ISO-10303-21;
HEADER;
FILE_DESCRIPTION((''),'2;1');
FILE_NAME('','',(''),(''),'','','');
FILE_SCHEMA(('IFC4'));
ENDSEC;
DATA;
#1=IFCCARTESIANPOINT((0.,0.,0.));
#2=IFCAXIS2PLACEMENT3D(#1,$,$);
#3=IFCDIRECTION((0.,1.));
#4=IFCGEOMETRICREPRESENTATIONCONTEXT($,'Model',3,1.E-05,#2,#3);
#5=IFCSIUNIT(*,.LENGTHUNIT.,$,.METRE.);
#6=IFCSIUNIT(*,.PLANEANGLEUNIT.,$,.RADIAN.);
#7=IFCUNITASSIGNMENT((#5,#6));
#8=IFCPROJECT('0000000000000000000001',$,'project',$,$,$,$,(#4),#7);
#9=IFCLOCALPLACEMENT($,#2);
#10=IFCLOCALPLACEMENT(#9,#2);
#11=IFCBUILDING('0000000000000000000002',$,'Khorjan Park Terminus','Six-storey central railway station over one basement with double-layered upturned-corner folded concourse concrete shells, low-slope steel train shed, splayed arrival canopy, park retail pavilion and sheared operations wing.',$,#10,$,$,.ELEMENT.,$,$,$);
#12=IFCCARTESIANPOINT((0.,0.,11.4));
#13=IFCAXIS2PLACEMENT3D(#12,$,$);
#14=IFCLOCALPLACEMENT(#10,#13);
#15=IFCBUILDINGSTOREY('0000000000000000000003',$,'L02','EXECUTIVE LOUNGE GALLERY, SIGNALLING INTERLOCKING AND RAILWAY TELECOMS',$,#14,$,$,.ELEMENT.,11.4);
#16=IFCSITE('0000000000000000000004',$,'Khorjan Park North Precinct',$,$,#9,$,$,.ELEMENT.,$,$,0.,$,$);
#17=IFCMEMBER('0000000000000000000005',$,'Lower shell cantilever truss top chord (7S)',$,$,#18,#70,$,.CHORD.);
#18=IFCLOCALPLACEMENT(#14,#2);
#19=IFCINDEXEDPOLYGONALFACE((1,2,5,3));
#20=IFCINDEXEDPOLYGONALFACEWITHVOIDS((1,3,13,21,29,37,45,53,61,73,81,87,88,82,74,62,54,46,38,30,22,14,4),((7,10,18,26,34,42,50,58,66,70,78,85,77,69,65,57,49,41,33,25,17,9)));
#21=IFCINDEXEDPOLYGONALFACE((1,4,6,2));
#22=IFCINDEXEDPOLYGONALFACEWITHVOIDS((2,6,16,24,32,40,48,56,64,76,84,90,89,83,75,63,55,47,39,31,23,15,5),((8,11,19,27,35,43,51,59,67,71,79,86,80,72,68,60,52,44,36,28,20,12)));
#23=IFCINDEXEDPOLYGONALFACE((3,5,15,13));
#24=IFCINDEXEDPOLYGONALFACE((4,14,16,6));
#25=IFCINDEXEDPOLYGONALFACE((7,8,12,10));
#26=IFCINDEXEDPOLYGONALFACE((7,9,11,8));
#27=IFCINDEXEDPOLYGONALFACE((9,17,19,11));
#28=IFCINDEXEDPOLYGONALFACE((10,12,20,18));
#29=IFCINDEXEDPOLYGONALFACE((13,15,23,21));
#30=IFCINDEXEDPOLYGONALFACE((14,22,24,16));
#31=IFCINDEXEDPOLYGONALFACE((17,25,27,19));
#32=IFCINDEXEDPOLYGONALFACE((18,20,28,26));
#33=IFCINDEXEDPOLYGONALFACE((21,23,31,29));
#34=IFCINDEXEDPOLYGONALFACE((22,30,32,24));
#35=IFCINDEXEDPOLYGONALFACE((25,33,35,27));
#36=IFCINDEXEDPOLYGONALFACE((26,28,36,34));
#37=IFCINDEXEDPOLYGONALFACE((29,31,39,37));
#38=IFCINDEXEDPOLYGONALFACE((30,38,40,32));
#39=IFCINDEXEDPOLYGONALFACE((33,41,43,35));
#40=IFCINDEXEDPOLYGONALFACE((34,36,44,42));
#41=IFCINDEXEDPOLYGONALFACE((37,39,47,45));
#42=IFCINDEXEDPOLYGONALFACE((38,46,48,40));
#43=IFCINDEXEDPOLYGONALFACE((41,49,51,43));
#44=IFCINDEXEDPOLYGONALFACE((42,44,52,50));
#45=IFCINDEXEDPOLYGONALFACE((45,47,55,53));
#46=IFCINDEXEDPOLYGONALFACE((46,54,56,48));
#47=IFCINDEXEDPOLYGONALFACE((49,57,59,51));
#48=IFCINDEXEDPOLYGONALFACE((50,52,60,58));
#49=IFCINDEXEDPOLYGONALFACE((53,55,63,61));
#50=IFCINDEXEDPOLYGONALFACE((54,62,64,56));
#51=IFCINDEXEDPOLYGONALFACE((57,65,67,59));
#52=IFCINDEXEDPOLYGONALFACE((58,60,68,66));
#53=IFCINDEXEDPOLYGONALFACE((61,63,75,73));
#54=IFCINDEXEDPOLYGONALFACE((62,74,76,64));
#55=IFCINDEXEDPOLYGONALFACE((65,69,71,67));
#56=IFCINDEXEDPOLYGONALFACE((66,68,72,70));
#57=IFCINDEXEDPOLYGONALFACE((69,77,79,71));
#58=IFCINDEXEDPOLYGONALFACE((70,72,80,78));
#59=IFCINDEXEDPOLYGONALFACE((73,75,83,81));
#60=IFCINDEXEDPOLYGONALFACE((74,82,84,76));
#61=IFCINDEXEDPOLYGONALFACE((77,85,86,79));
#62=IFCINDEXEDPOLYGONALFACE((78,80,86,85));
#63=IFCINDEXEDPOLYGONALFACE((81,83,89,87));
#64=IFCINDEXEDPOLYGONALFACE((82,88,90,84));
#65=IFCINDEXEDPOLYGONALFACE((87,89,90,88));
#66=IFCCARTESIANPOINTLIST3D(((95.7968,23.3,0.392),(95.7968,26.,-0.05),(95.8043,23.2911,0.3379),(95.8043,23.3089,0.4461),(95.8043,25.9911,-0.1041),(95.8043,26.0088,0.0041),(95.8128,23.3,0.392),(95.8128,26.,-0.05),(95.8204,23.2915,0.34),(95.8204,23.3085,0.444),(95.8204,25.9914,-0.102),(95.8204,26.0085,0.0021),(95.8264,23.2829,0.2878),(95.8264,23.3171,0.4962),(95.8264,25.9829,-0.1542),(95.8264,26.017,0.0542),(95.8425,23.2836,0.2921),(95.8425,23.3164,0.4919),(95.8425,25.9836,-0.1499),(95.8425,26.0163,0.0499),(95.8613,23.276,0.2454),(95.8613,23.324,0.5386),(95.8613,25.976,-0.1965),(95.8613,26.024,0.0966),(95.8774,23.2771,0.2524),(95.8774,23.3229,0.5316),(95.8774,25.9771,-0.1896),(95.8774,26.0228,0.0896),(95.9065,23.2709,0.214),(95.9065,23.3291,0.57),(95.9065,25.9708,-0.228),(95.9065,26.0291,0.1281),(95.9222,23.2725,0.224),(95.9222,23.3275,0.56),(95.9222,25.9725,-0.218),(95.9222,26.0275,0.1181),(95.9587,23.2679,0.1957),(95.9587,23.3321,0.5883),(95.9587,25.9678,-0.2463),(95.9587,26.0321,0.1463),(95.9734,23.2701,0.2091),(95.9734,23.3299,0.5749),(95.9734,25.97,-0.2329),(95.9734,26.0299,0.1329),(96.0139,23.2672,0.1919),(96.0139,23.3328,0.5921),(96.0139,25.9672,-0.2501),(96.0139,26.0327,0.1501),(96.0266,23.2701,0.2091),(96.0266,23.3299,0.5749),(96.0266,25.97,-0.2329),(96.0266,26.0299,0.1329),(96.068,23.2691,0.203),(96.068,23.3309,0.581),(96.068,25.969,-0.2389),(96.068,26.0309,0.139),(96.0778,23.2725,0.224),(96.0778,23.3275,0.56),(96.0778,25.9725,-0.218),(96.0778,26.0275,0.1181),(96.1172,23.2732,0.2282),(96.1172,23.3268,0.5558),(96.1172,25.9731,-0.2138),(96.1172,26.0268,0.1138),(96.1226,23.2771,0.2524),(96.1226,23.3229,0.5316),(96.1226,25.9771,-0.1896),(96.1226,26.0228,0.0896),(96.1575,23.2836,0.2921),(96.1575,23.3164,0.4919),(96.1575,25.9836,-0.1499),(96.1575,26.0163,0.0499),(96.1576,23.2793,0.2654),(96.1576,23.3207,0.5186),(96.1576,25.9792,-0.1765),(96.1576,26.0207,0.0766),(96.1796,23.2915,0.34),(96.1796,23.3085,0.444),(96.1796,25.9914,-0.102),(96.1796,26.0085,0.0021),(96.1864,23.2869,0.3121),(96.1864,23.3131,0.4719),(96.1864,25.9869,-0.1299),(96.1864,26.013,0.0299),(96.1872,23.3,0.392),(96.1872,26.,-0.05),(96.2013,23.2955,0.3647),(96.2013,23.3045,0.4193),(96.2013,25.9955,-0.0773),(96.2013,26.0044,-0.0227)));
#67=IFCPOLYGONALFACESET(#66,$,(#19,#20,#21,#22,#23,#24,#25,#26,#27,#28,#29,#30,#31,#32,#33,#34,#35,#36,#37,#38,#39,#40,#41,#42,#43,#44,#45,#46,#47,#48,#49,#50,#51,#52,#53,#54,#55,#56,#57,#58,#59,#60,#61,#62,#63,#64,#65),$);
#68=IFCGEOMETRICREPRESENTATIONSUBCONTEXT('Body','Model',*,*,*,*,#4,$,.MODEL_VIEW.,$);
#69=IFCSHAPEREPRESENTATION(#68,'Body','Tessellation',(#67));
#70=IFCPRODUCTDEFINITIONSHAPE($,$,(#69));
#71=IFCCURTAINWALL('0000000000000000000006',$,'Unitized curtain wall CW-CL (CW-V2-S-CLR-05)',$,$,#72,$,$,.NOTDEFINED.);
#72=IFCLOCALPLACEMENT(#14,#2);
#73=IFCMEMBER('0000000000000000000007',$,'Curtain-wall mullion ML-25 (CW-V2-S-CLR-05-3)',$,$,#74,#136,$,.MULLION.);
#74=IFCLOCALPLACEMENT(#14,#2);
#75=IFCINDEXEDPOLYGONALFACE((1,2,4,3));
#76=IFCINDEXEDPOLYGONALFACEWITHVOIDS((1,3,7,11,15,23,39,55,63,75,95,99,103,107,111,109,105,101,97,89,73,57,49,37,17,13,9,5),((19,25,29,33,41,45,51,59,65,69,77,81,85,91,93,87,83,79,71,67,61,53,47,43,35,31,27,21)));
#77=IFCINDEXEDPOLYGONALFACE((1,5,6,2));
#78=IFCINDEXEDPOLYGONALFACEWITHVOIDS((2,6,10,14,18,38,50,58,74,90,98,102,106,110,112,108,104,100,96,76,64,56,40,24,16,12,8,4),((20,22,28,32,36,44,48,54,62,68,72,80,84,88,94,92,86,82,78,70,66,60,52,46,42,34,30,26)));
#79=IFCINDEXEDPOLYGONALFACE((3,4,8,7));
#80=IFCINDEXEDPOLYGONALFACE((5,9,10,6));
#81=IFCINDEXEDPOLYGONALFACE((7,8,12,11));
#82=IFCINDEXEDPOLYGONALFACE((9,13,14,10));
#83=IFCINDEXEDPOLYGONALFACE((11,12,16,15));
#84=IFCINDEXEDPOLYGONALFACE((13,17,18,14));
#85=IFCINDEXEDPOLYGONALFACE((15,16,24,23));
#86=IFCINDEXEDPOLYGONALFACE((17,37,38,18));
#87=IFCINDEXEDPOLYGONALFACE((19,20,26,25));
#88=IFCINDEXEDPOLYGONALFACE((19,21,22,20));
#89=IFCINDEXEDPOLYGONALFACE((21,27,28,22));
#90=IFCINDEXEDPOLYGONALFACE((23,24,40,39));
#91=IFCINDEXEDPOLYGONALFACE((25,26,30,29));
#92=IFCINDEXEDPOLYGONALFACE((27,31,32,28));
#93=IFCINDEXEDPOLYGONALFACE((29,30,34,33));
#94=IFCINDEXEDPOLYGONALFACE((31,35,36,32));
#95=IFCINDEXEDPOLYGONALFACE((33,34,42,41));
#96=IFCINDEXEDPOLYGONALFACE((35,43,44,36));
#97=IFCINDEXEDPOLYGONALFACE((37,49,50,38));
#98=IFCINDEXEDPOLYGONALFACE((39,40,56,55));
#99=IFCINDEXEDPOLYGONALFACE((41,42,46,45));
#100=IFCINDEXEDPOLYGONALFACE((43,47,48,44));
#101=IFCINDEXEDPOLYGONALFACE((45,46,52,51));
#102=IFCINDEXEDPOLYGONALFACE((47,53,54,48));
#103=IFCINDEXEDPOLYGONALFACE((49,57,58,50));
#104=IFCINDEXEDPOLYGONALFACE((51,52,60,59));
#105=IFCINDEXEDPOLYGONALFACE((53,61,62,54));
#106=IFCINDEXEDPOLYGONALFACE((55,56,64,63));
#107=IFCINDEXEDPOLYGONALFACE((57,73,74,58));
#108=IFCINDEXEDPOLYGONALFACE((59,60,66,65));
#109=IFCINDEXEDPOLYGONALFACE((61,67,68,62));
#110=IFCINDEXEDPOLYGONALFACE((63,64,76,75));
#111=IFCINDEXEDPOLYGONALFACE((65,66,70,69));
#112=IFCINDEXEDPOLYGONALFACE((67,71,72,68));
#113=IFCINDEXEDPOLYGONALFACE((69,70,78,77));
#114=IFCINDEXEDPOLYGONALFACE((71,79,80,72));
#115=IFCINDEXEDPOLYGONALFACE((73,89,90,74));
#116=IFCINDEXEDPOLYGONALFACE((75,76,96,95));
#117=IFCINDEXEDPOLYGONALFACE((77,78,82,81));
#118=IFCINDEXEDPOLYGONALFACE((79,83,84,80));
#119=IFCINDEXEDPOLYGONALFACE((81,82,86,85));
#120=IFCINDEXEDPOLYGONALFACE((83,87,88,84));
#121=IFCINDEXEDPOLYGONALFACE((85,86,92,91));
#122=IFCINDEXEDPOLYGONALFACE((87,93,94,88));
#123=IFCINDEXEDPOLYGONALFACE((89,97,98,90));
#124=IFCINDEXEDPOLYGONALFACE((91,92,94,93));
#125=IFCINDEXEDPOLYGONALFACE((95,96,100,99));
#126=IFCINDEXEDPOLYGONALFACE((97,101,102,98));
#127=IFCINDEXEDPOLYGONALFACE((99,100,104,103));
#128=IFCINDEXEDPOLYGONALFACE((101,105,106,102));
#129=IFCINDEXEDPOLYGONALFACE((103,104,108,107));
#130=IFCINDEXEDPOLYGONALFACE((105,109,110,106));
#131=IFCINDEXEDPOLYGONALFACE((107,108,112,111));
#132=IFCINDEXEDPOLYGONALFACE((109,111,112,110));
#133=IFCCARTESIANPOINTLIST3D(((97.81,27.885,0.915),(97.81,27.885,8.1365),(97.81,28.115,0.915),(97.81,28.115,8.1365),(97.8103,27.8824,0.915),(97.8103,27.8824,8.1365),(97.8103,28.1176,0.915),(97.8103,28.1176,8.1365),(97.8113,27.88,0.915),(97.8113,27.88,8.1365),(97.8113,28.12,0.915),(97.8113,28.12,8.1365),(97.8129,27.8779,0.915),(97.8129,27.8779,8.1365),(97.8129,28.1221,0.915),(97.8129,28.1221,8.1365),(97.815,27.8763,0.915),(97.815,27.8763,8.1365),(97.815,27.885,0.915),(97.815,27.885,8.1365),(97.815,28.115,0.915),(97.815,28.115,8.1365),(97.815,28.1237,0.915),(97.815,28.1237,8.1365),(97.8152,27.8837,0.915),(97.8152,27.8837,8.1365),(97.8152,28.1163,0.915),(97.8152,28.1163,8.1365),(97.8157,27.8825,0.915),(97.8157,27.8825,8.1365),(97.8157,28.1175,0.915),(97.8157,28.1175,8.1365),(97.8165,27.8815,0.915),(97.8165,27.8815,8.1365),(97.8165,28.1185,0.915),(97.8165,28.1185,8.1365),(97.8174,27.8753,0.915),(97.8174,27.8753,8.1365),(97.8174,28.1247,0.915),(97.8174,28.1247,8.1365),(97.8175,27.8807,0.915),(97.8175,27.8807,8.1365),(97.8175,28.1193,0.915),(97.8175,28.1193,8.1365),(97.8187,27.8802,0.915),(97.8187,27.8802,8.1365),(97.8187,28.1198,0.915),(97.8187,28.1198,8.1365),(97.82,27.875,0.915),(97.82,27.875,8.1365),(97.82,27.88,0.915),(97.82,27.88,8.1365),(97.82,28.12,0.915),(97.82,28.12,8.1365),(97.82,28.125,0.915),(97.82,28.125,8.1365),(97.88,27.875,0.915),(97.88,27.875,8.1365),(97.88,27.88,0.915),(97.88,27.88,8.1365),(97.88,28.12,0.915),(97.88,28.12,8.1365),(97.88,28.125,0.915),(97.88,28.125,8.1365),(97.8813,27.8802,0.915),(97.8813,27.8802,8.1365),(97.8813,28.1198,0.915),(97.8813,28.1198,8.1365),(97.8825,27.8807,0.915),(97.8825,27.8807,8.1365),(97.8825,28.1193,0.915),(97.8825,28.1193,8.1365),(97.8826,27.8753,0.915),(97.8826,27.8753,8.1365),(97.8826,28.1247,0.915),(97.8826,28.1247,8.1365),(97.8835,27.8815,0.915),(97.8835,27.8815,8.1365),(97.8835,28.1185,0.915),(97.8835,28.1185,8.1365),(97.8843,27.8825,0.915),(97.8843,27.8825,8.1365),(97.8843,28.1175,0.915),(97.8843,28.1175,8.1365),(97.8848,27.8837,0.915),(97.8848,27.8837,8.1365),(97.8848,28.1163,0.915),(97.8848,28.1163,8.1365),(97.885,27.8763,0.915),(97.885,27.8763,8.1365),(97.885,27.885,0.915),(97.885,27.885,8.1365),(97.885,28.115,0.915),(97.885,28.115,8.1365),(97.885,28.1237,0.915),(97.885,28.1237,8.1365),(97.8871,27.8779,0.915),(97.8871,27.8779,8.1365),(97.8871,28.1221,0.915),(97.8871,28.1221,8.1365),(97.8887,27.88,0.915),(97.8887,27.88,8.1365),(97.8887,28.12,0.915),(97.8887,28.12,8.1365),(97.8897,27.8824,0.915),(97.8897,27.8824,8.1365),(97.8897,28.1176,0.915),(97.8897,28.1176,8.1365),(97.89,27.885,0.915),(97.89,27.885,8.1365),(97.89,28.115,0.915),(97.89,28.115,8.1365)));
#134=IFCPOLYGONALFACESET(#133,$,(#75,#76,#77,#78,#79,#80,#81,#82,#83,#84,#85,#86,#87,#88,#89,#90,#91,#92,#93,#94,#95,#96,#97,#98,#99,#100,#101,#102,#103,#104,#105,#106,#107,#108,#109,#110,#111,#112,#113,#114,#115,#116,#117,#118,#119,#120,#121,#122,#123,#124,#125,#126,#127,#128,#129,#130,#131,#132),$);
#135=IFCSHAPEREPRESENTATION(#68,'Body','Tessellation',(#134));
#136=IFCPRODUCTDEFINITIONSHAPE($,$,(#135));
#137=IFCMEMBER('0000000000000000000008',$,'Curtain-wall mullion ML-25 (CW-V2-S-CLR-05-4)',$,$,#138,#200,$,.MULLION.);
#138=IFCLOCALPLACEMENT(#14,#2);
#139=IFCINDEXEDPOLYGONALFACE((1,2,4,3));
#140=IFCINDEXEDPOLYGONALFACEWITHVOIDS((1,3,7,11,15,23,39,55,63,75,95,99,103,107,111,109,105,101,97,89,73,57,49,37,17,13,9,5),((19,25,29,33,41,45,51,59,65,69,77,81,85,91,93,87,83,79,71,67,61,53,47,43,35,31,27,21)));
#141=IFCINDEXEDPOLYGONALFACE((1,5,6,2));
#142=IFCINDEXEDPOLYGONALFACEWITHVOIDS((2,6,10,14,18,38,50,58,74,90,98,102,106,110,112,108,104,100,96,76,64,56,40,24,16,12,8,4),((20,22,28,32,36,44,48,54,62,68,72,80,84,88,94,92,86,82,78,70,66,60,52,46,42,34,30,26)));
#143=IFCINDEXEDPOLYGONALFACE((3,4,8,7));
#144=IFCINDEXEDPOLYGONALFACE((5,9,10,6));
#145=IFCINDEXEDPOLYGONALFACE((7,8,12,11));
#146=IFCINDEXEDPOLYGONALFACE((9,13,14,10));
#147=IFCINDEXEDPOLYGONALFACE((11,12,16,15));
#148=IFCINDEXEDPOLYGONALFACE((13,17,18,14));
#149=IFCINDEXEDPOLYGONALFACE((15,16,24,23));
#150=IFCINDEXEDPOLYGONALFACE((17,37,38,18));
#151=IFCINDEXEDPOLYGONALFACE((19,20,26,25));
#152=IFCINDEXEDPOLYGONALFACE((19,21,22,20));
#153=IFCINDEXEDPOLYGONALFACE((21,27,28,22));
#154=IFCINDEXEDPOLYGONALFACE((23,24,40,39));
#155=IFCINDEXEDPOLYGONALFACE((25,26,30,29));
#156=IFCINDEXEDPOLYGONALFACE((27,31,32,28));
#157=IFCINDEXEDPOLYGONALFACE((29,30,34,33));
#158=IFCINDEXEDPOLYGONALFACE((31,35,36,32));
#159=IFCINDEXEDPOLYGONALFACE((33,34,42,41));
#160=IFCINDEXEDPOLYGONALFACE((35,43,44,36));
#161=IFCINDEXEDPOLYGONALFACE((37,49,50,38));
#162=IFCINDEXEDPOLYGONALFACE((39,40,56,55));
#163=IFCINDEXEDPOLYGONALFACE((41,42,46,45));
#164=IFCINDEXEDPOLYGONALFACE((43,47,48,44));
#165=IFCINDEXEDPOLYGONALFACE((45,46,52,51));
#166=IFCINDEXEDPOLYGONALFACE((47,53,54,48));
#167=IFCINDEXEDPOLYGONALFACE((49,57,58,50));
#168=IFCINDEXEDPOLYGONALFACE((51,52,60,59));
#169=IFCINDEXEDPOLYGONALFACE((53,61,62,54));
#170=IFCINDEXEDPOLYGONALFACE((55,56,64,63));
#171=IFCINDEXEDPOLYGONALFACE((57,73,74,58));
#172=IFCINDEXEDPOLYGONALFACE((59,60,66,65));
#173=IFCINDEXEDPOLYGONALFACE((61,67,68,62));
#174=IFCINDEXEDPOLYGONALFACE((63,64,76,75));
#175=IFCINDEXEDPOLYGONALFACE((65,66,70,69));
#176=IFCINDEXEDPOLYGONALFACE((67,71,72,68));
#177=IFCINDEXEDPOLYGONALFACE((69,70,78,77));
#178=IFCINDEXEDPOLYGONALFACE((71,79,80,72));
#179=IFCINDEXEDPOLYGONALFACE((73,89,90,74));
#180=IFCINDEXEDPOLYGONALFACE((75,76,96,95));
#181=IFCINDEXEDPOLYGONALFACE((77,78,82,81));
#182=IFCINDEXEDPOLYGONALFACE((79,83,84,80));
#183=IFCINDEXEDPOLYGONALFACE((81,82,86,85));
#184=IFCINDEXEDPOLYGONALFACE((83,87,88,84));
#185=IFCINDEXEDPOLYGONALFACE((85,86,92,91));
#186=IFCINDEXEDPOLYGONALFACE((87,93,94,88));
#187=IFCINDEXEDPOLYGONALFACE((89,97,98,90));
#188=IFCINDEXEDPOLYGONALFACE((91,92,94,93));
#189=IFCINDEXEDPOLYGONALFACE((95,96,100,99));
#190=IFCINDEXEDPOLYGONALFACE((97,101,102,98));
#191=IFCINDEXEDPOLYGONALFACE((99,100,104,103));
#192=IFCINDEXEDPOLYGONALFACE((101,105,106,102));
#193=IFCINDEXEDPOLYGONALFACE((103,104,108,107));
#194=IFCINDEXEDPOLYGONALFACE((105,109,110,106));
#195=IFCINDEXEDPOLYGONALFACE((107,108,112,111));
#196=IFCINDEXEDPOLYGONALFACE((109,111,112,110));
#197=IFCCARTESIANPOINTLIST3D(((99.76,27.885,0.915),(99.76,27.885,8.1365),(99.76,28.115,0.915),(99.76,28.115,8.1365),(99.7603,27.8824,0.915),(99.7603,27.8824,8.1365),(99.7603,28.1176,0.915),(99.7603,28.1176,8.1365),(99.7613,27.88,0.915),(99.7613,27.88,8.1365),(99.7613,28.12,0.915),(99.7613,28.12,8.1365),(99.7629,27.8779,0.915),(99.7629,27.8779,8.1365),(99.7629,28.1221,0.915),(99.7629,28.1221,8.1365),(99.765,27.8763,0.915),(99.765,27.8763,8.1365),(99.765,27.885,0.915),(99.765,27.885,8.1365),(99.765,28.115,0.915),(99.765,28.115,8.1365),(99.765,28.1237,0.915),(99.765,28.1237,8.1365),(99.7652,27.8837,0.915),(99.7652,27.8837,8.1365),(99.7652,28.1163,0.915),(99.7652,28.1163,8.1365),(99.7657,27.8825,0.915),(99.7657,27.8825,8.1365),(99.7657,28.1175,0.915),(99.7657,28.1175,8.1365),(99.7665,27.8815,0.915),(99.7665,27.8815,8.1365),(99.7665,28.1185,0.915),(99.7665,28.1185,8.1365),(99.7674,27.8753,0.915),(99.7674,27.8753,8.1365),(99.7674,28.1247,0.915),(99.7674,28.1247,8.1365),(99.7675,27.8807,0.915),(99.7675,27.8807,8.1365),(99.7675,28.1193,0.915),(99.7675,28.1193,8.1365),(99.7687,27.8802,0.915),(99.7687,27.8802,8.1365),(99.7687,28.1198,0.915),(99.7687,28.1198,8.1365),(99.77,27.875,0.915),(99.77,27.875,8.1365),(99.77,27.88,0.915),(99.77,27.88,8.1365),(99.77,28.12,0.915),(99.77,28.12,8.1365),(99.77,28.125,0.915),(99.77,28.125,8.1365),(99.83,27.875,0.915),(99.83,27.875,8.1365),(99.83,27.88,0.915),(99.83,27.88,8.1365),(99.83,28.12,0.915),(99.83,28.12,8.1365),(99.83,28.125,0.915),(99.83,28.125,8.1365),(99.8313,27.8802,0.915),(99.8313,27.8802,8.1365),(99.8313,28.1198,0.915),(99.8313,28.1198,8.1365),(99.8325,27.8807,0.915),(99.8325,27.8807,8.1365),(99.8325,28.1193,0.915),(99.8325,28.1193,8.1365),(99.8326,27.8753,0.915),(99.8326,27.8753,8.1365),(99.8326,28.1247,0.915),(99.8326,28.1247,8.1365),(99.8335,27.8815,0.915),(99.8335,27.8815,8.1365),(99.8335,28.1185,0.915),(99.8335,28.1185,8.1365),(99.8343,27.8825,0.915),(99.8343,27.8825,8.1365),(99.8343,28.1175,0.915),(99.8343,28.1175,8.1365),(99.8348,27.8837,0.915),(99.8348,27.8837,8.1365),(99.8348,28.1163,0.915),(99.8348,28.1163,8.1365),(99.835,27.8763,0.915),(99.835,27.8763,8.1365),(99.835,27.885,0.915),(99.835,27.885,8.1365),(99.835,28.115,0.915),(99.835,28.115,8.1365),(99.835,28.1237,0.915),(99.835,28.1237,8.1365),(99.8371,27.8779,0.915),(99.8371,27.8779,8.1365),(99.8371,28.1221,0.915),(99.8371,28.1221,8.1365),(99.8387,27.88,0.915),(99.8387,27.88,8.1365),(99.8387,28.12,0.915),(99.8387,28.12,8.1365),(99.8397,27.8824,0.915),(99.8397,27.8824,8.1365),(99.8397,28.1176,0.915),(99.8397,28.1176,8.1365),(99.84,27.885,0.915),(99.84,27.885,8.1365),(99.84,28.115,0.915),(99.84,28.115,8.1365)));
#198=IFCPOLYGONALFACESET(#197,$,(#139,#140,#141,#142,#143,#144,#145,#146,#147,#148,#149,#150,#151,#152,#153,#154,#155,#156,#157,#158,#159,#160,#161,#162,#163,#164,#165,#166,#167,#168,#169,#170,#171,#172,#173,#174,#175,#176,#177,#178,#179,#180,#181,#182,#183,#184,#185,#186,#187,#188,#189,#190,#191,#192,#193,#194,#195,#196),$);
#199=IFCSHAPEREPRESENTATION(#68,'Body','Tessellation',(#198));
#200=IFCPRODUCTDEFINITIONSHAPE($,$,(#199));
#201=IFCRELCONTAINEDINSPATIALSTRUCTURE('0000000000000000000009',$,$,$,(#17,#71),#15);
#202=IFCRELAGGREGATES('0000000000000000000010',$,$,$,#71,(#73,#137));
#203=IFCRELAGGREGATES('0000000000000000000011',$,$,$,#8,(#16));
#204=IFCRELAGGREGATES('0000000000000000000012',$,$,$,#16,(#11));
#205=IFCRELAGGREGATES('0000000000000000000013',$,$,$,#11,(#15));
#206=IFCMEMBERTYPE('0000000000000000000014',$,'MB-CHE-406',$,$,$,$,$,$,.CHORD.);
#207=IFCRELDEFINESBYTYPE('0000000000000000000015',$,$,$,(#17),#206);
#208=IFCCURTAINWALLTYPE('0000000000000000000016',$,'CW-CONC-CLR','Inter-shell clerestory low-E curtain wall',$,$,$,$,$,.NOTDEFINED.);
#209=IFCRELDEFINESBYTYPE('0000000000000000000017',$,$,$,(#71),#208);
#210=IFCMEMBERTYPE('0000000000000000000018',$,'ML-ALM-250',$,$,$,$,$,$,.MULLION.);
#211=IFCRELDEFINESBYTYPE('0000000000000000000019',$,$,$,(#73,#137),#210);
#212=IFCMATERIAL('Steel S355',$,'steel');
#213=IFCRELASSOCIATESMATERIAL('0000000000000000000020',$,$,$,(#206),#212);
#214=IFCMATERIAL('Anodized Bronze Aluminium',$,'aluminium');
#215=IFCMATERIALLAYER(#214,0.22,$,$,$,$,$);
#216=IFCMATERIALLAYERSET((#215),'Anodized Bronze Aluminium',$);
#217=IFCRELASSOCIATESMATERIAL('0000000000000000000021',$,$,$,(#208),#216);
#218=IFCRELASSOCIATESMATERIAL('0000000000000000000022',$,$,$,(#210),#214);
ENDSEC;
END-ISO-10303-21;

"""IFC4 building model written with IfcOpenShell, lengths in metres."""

from ifc_helpers import new_model, si_unit, direction, frame, origin, origin_2d, place, context, subcontext, project, spatial, hollow_rectangle, hollow_circle, extrude, material, layer, layer_set, material_profile, profile_set, type_object, element, aggregate, save


model = new_model("IFC4")

# Units and contexts
model_context = context("Model", 3, precision=1e-05, world=origin(), true_north=direction((0.0, 1.0)))
body_context = subcontext(model_context, "Body", "Model", "MODEL_VIEW")
ifc_project = project(units=[si_unit("LENGTHUNIT", "METRE"), si_unit("PLANEANGLEUNIT", "RADIAN")], contexts=[model_context])

# Site, building, storey
site_placement = place(None, origin())
site = spatial("IfcSite", under=ifc_project, at=site_placement, Name="Khorjan Park North Precinct", CompositionType="ELEMENT", RefElevation=0.0)
building_placement = place(site_placement, origin())
building = spatial("IfcBuilding", under=site, at=building_placement, Name="Khorjan Park Terminus", Description="Six-storey central railway station over one basement with double-layered upturned-corner folded concourse concrete shells, low-slope steel train shed, splayed arrival canopy, park retail pavilion and sheared operations wing.", CompositionType="ELEMENT")
storey_placement = place(building_placement, frame((0.0, 0.0, 11.4)))
storey = spatial("IfcBuildingStorey", under=building, at=storey_placement, Name="L02", Description="EXECUTIVE LOUNGE GALLERY, SIGNALLING INTERLOCKING AND RAILWAY TELECOMS", CompositionType="ELEMENT", Elevation=11.4)

# Member
ifc_material_1 = material(Name="Steel S355", Category="steel")
ifc_material_profile_1 = material_profile(ifc_material_1, hollow_circle(Radius=0.2032, WallThickness=0.016, at=origin_2d()), Name="CHS 406.4x16")
ifc_profile_set_1 = profile_set([ifc_material_profile_1], Name="Steel S355")
member_type_1 = type_object("IfcMemberType", Name="MB-CHE-406", PredefinedType="CHORD", material=ifc_profile_set_1)
member_1_placement = place(storey_placement, frame((96.0, 23.3, 0.392), z_axis=(0.0, 0.986864, -0.161553), x_axis=(-1.0, 0.0, 0.0)))
element("IfcMember", 1, at=member_1_placement, inside=storey, type_object=member_type_1, Name="Lower shell cantilever truss top chord (7S)", PredefinedType="CHORD", context=body_context, shape_type="SweptSolid", body=[
    extrude(hollow_circle(Radius=0.2032, WallThickness=0.016, at=origin_2d()), origin(), (0.0, 0.0, 1.0), 2.7359),
])

# Curtain wall, members
ifc_material_2 = material(Name="Anodized Bronze Aluminium", Category="aluminium")
ifc_layer_1 = layer(ifc_material_2, 0.22)
ifc_layer_set_1 = layer_set([ifc_layer_1], Name="Anodized Bronze Aluminium")
curtain_wall_type = type_object("IfcCurtainWallType", Name="CW-CONC-CLR", Description="Inter-shell clerestory low-E curtain wall", PredefinedType="NOTDEFINED", material=ifc_layer_set_1)
curtain_wall_1_placement = place(storey_placement, origin())
curtain_wall_1 = element("IfcCurtainWall", 2, at=curtain_wall_1_placement, inside=storey, type_object=curtain_wall_type, Name="Unitized curtain wall CW-CL (CW-V2-S-CLR-05)", PredefinedType="NOTDEFINED")
ifc_material_profile_2 = material_profile(ifc_material_2, hollow_rectangle(XDim=0.08, YDim=0.25, WallThickness=0.005, InnerFilletRadius=0.005, OuterFilletRadius=0.01, at=origin_2d()), Name="ALM 80x250x5")
ifc_profile_set_2 = profile_set([ifc_material_profile_2], Name="Anodized Bronze Aluminium")
member_type_2 = type_object("IfcMemberType", Name="ML-ALM-250", PredefinedType="MULLION", material=ifc_profile_set_2)
member_2_placement = place(storey_placement, frame((97.85, 28.0, 0.915), z_axis=(0.0, 0.0, 1.0), x_axis=(1.0, 0.0, 0.0)))
member_2 = element("IfcMember", 3, at=member_2_placement, type_object=member_type_2, Name="Curtain-wall mullion ML-25 (CW-V2-S-CLR-05-3)", PredefinedType="MULLION", context=body_context, shape_type="SweptSolid", body=[
    extrude(hollow_rectangle(XDim=0.08, YDim=0.25, WallThickness=0.005, InnerFilletRadius=0.005, OuterFilletRadius=0.01, at=origin_2d()), origin(), (0.0, 0.0, 1.0), 7.2215),
])
member_3_placement = place(storey_placement, frame((99.8, 28.0, 0.915), z_axis=(0.0, 0.0, 1.0), x_axis=(1.0, 0.0, 0.0)))
member_3 = element("IfcMember", 4, at=member_3_placement, type_object=member_type_2, Name="Curtain-wall mullion ML-25 (CW-V2-S-CLR-05-4)", PredefinedType="MULLION", context=body_context, shape_type="SweptSolid", body=[
    extrude(hollow_rectangle(XDim=0.08, YDim=0.25, WallThickness=0.005, InnerFilletRadius=0.005, OuterFilletRadius=0.01, at=origin_2d()), origin(), (0.0, 0.0, 1.0), 7.2215),
])

aggregate(curtain_wall_1, [member_2, member_3])

save(model, "model.ifc")
